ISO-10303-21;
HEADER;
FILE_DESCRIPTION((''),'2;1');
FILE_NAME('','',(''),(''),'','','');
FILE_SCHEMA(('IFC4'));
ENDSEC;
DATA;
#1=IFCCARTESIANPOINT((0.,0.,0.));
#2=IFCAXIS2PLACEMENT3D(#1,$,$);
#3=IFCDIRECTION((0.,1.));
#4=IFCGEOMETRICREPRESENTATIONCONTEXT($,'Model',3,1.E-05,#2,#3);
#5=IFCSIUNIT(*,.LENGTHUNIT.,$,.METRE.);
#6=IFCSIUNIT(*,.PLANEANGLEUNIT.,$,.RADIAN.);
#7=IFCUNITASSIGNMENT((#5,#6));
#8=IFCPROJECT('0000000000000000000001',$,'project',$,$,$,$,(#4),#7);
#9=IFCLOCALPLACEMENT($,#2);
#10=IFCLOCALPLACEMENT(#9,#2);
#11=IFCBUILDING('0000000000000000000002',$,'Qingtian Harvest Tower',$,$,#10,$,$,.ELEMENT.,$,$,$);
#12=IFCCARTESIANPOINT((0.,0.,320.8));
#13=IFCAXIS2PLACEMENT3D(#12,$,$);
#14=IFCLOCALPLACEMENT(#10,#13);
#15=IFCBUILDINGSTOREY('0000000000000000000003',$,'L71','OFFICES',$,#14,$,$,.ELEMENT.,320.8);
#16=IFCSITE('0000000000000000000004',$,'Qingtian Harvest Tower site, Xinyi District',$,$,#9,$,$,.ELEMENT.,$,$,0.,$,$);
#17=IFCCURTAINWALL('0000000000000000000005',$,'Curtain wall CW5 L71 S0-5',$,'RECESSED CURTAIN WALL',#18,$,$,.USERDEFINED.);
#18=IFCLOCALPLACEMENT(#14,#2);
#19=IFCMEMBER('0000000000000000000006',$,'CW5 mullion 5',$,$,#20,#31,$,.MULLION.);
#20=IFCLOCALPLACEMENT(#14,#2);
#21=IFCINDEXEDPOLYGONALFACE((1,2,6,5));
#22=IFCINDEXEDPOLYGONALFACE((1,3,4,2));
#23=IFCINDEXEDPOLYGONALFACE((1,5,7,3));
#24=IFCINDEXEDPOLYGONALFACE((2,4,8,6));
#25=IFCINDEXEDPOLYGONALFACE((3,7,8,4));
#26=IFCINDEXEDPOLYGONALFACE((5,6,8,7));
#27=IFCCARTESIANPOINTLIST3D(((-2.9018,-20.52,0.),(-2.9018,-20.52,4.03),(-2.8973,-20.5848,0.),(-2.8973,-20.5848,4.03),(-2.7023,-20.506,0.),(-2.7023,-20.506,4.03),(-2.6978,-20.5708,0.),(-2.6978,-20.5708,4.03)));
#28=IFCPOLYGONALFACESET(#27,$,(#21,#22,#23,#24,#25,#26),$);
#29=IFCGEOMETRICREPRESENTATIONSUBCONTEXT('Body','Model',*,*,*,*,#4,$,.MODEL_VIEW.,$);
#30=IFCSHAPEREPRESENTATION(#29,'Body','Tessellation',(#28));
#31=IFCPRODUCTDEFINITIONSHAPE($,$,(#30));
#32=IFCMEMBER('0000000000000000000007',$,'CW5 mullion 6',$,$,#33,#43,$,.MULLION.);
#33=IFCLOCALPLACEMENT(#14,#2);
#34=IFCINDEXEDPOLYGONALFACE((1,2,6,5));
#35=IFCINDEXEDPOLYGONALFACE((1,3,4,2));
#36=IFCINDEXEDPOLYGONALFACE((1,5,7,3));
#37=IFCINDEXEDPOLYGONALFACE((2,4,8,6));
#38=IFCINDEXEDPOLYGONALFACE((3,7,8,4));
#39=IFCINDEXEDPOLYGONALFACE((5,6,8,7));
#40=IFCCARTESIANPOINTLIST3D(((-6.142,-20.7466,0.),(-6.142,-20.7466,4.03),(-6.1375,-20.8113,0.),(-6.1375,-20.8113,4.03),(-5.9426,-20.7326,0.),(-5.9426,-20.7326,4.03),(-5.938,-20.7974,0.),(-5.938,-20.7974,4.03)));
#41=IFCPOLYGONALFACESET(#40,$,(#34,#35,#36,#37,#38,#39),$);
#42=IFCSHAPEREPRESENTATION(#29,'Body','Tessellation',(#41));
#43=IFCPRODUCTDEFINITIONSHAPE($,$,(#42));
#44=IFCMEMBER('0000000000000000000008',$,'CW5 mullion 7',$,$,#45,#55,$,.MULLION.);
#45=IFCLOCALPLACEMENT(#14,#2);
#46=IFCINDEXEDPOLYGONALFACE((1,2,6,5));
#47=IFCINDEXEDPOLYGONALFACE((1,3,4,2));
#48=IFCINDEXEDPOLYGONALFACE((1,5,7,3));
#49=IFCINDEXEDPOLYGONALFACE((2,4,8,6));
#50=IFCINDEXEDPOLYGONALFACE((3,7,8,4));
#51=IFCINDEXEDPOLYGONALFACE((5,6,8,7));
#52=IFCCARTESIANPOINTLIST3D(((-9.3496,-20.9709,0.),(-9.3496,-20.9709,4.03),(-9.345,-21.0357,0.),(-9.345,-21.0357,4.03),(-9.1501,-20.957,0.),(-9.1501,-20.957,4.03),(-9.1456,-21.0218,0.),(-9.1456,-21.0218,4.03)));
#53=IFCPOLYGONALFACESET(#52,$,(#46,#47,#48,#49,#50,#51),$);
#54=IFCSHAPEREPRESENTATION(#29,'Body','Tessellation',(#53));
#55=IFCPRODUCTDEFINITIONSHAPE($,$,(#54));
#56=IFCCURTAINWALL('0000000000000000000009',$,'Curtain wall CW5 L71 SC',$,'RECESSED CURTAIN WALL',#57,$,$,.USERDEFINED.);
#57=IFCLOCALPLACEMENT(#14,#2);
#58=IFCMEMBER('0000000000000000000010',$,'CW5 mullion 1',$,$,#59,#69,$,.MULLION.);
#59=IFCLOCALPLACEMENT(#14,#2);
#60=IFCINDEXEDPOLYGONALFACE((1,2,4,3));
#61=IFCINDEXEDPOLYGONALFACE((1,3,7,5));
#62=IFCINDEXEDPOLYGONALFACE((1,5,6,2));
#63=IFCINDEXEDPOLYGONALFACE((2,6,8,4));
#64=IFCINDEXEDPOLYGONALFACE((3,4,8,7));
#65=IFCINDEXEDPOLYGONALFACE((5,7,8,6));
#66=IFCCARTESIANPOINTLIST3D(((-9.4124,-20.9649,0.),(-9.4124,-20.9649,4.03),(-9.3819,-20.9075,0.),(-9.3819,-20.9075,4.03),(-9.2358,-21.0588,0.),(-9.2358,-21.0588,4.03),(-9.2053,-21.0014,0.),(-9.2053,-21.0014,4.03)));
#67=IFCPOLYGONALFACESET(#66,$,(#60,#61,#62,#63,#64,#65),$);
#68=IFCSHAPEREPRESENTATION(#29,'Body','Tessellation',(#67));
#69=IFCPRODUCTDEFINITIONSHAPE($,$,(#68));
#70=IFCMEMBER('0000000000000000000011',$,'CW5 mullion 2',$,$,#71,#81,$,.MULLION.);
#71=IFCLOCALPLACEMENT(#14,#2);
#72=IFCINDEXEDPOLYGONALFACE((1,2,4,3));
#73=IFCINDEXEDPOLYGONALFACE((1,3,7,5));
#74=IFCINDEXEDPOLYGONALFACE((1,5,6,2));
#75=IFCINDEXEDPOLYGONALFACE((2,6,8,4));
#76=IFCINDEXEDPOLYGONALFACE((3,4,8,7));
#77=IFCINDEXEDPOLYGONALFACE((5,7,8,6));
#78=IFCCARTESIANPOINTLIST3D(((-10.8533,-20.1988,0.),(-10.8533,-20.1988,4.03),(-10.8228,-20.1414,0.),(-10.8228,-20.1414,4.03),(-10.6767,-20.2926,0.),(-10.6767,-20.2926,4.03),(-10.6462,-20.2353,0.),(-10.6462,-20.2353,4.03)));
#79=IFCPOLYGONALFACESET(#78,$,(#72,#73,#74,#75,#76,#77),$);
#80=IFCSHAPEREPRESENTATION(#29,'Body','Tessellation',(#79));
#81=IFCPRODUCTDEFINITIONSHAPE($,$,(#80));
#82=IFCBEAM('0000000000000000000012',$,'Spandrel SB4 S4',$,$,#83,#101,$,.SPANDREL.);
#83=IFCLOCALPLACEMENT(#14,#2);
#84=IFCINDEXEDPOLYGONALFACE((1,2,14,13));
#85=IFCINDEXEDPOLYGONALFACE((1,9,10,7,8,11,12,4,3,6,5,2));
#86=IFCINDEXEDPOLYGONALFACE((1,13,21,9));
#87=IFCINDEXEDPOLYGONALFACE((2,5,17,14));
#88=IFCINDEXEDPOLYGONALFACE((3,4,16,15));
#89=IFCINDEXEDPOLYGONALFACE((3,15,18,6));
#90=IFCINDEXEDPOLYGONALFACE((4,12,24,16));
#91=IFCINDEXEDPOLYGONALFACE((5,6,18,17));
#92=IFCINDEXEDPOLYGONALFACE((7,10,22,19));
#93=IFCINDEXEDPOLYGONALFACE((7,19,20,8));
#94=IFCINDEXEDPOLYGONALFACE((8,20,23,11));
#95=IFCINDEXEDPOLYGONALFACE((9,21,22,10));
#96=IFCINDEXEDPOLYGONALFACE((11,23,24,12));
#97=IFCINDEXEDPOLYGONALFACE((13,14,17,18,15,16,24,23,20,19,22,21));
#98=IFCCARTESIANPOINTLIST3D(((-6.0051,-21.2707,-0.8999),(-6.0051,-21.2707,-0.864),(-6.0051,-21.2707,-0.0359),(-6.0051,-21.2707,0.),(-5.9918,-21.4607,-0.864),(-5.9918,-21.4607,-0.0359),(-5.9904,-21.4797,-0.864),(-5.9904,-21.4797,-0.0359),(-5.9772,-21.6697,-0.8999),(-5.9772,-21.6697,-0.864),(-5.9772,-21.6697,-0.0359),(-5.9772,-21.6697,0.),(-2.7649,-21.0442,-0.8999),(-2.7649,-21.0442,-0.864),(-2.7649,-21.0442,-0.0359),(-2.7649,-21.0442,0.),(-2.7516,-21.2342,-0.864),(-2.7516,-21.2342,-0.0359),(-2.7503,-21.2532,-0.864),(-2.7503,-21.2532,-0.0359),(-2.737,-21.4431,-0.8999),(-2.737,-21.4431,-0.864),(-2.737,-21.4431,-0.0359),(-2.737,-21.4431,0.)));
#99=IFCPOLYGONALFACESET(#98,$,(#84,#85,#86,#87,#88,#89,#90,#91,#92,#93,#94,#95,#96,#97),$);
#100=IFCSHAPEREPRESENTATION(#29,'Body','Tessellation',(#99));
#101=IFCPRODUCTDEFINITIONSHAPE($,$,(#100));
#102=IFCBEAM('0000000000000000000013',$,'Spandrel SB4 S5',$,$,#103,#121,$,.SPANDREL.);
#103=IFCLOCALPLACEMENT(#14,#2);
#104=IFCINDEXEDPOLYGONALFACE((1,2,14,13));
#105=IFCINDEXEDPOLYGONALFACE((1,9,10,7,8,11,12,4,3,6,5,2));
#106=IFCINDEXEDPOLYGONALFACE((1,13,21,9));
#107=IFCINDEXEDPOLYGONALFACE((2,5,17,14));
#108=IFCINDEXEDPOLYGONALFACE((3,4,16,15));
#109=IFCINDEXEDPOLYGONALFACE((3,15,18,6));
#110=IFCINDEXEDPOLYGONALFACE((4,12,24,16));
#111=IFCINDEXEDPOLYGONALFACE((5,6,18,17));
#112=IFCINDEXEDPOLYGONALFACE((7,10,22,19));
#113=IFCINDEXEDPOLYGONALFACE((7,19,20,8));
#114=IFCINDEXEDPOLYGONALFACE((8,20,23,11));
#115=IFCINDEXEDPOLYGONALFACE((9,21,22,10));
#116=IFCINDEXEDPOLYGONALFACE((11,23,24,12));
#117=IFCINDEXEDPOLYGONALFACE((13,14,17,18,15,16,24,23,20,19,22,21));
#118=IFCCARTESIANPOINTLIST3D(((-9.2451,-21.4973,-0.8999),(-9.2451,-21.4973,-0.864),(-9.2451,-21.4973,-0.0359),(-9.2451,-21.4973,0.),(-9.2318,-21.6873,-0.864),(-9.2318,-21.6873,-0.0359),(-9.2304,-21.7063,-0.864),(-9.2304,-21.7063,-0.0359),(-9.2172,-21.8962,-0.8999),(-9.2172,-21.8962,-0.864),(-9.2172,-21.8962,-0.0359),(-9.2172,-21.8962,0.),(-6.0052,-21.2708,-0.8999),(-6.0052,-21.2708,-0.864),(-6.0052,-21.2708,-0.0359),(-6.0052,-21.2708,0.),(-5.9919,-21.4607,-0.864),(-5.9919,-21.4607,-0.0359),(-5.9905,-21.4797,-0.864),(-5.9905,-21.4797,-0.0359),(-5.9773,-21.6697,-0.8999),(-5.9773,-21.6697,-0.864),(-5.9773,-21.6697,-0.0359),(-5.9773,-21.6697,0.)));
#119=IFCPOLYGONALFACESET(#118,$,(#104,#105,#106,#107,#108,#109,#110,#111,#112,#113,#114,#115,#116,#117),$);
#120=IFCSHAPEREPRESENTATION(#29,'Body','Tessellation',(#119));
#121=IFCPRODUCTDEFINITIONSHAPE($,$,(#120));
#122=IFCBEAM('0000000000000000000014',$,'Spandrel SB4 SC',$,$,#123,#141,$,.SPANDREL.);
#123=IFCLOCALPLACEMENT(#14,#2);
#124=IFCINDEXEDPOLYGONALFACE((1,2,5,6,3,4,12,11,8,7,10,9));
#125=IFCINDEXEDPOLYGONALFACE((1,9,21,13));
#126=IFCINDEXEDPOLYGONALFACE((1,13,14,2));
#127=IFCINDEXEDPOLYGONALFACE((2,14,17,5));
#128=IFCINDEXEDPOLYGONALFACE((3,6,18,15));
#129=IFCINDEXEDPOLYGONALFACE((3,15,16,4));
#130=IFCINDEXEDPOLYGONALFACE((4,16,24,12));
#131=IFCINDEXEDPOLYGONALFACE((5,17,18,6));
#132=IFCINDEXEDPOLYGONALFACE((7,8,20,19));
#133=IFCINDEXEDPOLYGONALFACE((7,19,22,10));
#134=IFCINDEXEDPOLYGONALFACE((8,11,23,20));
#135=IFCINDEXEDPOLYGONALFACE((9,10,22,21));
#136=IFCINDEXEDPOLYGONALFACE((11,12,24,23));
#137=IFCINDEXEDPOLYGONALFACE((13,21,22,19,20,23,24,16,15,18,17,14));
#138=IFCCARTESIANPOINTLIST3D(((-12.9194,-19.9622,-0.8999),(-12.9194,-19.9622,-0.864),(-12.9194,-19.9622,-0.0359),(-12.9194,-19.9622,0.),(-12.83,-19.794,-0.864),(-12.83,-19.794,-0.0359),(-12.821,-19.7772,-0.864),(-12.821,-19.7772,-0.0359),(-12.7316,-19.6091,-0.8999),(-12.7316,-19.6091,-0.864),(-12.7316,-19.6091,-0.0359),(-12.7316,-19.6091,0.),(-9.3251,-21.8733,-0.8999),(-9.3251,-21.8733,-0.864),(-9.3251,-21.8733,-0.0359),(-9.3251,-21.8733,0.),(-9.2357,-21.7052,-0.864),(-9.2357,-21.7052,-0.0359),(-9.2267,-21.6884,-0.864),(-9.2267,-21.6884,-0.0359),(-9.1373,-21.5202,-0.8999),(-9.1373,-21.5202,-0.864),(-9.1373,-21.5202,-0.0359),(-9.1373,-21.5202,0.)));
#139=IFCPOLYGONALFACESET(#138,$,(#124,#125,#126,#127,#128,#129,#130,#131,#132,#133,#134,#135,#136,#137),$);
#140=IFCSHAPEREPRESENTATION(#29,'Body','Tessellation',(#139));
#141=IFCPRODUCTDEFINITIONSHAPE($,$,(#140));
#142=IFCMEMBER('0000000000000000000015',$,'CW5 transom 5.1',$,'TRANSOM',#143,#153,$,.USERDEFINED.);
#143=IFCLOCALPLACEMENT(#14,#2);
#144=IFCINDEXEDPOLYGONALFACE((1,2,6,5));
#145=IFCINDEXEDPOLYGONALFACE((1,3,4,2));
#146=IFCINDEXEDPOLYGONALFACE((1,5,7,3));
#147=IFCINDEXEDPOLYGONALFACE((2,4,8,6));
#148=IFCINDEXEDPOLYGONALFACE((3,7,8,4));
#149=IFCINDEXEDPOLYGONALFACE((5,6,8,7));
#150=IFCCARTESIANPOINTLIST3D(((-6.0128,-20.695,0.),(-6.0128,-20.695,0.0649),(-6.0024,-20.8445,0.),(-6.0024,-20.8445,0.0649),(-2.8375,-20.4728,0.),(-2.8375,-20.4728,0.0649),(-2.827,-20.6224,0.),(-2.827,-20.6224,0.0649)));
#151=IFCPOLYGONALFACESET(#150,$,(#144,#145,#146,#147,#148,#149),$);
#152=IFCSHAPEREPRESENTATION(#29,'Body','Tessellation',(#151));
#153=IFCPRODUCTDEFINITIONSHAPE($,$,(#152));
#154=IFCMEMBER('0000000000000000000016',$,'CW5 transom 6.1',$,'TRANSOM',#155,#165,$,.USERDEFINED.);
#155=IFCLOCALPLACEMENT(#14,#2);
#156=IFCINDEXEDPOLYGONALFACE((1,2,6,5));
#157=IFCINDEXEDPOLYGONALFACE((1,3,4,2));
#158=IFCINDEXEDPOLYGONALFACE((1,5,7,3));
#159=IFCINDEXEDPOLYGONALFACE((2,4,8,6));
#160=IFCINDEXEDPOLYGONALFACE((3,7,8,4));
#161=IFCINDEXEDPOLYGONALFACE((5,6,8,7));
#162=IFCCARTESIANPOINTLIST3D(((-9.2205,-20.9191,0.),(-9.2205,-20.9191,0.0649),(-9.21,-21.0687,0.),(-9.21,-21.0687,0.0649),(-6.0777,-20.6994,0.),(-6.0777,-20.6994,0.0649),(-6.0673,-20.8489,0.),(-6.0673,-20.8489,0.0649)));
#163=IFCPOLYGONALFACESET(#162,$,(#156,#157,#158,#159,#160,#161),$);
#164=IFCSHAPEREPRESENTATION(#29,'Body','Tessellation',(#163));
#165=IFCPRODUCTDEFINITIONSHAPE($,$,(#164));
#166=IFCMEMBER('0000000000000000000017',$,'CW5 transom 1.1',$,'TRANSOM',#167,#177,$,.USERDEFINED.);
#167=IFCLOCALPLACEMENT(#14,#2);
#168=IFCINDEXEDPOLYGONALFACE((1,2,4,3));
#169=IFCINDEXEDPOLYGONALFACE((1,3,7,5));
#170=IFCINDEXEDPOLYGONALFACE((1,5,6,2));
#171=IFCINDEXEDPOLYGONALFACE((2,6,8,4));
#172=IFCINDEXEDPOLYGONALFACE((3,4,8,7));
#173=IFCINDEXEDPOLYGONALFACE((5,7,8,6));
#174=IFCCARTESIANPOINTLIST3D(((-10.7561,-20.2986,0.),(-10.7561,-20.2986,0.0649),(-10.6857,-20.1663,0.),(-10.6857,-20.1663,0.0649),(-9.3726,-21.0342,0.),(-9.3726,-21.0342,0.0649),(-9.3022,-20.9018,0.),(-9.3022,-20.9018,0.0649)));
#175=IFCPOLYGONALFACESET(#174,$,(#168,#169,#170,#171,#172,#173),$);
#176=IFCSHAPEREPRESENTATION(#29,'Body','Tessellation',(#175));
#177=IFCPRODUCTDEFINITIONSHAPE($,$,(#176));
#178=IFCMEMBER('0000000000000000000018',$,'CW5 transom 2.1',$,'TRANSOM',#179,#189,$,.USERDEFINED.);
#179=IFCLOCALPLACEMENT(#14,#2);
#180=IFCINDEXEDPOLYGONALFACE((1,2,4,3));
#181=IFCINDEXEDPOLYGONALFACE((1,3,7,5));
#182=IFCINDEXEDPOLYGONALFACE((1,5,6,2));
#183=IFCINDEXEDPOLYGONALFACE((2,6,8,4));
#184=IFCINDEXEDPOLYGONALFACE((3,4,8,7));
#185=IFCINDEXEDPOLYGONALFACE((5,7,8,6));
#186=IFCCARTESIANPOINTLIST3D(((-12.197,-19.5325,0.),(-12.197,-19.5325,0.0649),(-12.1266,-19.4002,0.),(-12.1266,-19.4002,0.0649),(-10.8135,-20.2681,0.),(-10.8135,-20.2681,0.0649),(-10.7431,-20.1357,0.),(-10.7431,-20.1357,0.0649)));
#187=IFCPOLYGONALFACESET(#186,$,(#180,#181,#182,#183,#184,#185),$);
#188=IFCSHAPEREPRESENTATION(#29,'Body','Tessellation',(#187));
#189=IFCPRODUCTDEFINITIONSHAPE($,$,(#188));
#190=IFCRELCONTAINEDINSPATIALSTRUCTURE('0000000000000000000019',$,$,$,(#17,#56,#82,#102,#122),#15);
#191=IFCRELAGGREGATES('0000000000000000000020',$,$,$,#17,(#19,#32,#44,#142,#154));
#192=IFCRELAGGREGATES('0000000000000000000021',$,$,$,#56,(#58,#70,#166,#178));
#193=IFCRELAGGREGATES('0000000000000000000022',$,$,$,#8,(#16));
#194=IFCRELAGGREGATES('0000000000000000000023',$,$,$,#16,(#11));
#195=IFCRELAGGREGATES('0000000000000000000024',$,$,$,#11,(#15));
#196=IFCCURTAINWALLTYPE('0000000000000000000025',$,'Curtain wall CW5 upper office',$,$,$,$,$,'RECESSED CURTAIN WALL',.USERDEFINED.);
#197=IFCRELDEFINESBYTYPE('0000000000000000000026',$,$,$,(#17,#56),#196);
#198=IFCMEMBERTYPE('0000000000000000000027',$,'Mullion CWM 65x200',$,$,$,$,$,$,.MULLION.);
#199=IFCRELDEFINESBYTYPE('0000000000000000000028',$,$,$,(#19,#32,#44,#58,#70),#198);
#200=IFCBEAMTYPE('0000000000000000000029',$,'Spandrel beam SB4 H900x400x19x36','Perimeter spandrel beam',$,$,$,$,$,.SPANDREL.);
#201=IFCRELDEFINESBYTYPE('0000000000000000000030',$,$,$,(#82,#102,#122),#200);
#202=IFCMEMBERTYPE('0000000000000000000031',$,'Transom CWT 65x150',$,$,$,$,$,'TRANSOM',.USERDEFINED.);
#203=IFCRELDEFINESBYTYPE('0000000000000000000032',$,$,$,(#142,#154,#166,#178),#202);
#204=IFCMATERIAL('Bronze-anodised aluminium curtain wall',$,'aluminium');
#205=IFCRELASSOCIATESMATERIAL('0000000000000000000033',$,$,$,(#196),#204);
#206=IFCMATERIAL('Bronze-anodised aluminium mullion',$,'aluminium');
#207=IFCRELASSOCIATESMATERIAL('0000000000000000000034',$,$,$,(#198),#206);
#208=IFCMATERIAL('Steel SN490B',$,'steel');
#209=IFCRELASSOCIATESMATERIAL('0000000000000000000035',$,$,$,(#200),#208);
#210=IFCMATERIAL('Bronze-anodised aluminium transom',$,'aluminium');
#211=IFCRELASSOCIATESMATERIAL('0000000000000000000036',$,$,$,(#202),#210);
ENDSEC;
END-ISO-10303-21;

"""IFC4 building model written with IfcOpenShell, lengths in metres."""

from ifc_helpers import new_model, si_unit, direction, frame, origin, origin_2d, place, context, subcontext, project, spatial, rectangle, i_section, extrude, material, material_profile, profile_set, type_object, element, aggregate, save


model = new_model("IFC4")

# Units and contexts
model_context = context("Model", 3, precision=1e-05, world=origin(), true_north=direction((0.0, 1.0)))
body_context = subcontext(model_context, "Body", "Model", "MODEL_VIEW")
ifc_project = project(units=[si_unit("LENGTHUNIT", "METRE"), si_unit("PLANEANGLEUNIT", "RADIAN")], contexts=[model_context])

# Site, building, storey
site_placement = place(None, origin())
site = spatial("IfcSite", under=ifc_project, at=site_placement, Name="Qingtian Harvest Tower site, Xinyi District", CompositionType="ELEMENT", RefElevation=0.0)
building_placement = place(site_placement, origin())
building = spatial("IfcBuilding", under=site, at=building_placement, Name="Qingtian Harvest Tower", CompositionType="ELEMENT")
storey_placement = place(building_placement, frame((0.0, 0.0, 320.8)))
storey = spatial("IfcBuildingStorey", under=building, at=storey_placement, Name="L71", Description="OFFICES", CompositionType="ELEMENT", Elevation=320.8)

# Curtain walls, members
ifc_material_1 = material(Name="Bronze-anodised aluminium curtain wall", Category="aluminium")
curtain_wall_type = type_object("IfcCurtainWallType", Name="Curtain wall CW5 upper office", ElementType="RECESSED CURTAIN WALL", PredefinedType="USERDEFINED", material=ifc_material_1)
curtain_wall_1_placement = place(storey_placement, origin())
curtain_wall_1 = element("IfcCurtainWall", 1, at=curtain_wall_1_placement, inside=storey, type_object=curtain_wall_type, Name="Curtain wall CW5 L71 S0-5", ObjectType="RECESSED CURTAIN WALL", PredefinedType="USERDEFINED")
ifc_material_2 = material(Name="Bronze-anodised aluminium mullion", Category="aluminium")
ifc_material_profile_1 = material_profile(ifc_material_2, rectangle(XDim=0.0649, YDim=0.2, at=origin_2d()), Name="AL 65x200")
ifc_profile_set_1 = profile_set([ifc_material_profile_1], Name="Bronze-anodised aluminium mullion")
member_type_1 = type_object("IfcMemberType", Name="Mullion CWM 65x200", PredefinedType="MULLION", material=ifc_profile_set_1)
member_1_placement = place(storey_placement, frame((-2.7998, -20.5454, 0.0), z_axis=(0.0, 0.0, 1.0), x_axis=(0.069756, -0.997564, 0.0)))
member_1 = element("IfcMember", 2, at=member_1_placement, type_object=member_type_1, Name="CW5 mullion 5", PredefinedType="MULLION", context=body_context, shape_type="SweptSolid", body=[
    extrude(rectangle(XDim=0.0649, YDim=0.2, at=origin_2d()), origin(), (0.0, 0.0, 1.0), 4.03),
])
member_2_placement = place(storey_placement, frame((-6.04, -20.772, 0.0), z_axis=(0.0, 0.0, 1.0), x_axis=(0.069756, -0.997564, 0.0)))
member_2 = element("IfcMember", 3, at=member_2_placement, type_object=member_type_1, Name="CW5 mullion 6", PredefinedType="MULLION", context=body_context, shape_type="SweptSolid", body=[
    extrude(rectangle(XDim=0.0649, YDim=0.2, at=origin_2d()), origin(), (0.0, 0.0, 1.0), 4.03),
])
member_3_placement = place(storey_placement, frame((-9.2476, -20.9963, 0.0), z_axis=(0.0, 0.0, 1.0), x_axis=(0.069756, -0.997564, 0.0)))
member_3 = element("IfcMember", 4, at=member_3_placement, type_object=member_type_1, Name="CW5 mullion 7", PredefinedType="MULLION", context=body_context, shape_type="SweptSolid", body=[
    extrude(rectangle(XDim=0.0649, YDim=0.2, at=origin_2d()), origin(), (0.0, 0.0, 1.0), 4.03),
])
curtain_wall_2_placement = place(storey_placement, origin())
curtain_wall_2 = element("IfcCurtainWall", 5, at=curtain_wall_2_placement, inside=storey, type_object=curtain_wall_type, Name="Curtain wall CW5 L71 SC", ObjectType="RECESSED CURTAIN WALL", PredefinedType="USERDEFINED")
member_4_placement = place(storey_placement, frame((-9.3088, -20.9832, 0.0), z_axis=(0.0, 0.0, 1.0), x_axis=(-0.469472, -0.882948, 0.0)))
member_4 = element("IfcMember", 6, at=member_4_placement, type_object=member_type_1, Name="CW5 mullion 1", PredefinedType="MULLION", context=body_context, shape_type="SweptSolid", body=[
    extrude(rectangle(XDim=0.0649, YDim=0.2, at=origin_2d()), origin(), (0.0, 0.0, 1.0), 4.03),
])
member_5_placement = place(storey_placement, frame((-10.7498, -20.217, 0.0), z_axis=(0.0, 0.0, 1.0), x_axis=(-0.469472, -0.882948, 0.0)))
member_5 = element("IfcMember", 7, at=member_5_placement, type_object=member_type_1, Name="CW5 mullion 2", PredefinedType="MULLION", context=body_context, shape_type="SweptSolid", body=[
    extrude(rectangle(XDim=0.0649, YDim=0.2, at=origin_2d()), origin(), (0.0, 0.0, 1.0), 4.03),
])

# Beams
ifc_material_3 = material(Name="Steel SN490B", Category="steel")
ifc_material_profile_2 = material_profile(ifc_material_3, i_section(OverallWidth=0.3999, OverallDepth=0.8999, WebThickness=0.019, FlangeThickness=0.0359, at=origin_2d()), Name="H900x400x19x36")
ifc_profile_set_2 = profile_set([ifc_material_profile_2], Name="Steel SN490B")
beam_type_1 = type_object("IfcBeamType", Name="Spandrel beam SB4 H900x400x19x36", Description="Perimeter spandrel beam", PredefinedType="SPANDREL", material=ifc_profile_set_2)
beam_1_placement = place(storey_placement, frame((-2.751, -21.2437, -0.45), z_axis=(-0.997564, -0.069751, 0.0), x_axis=(0.069751, -0.997564, 0.0)))
element("IfcBeam", 8, at=beam_1_placement, inside=storey, type_object=beam_type_1, Name="Spandrel SB4 S4", PredefinedType="SPANDREL", context=body_context, shape_type="SweptSolid", body=[
    extrude(i_section(OverallWidth=0.3999, OverallDepth=0.8999, WebThickness=0.019, FlangeThickness=0.0359, at=origin_2d()), origin(), (0.0, 0.0, 1.0), 3.248),
])
beam_2_placement = place(storey_placement, frame((-5.9912, -21.4702, -0.45), z_axis=(-0.997564, -0.069757, 0.0), x_axis=(0.069757, -0.997564, 0.0)))
element("IfcBeam", 9, at=beam_2_placement, inside=storey, type_object=beam_type_1, Name="Spandrel SB4 S5", PredefinedType="SPANDREL", context=body_context, shape_type="SweptSolid", body=[
    extrude(i_section(OverallWidth=0.3999, OverallDepth=0.8999, WebThickness=0.019, FlangeThickness=0.0359, at=origin_2d()), origin(), (0.0, 0.0, 1.0), 3.2478),
])
beam_3_placement = place(storey_placement, frame((-9.2312, -21.6968, -0.45), z_axis=(-0.882943, 0.46948, 0.0), x_axis=(-0.46948, -0.882943, 0.0)))
element("IfcBeam", 10, at=beam_3_placement, inside=storey, type_object=beam_type_1, Name="Spandrel SB4 SC", PredefinedType="SPANDREL", context=body_context, shape_type="SweptSolid", body=[
    extrude(i_section(OverallWidth=0.3999, OverallDepth=0.8999, WebThickness=0.019, FlangeThickness=0.0359, at=origin_2d()), origin(), (0.0, 0.0, 1.0), 4.0708),
])

# Members
ifc_material_4 = material(Name="Bronze-anodised aluminium transom", Category="aluminium")
ifc_material_profile_3 = material_profile(ifc_material_4, rectangle(XDim=0.1499, YDim=0.0649, at=origin_2d()), Name="AL 65x150")
ifc_profile_set_3 = profile_set([ifc_material_profile_3], Name="Bronze-anodised aluminium transom")
member_type_2 = type_object("IfcMemberType", Name="Transom CWT 65x150", ElementType="TRANSOM", PredefinedType="USERDEFINED", material=ifc_profile_set_3)
member_6_placement = place(storey_placement, frame((-2.8323, -20.5476, 0.0325), z_axis=(-0.997561, -0.069797, 0.0), x_axis=(0.069797, -0.997561, 0.0)))
member_6 = element("IfcMember", 11, at=member_6_placement, type_object=member_type_2, Name="CW5 transom 5.1", ObjectType="TRANSOM", PredefinedType="USERDEFINED", context=body_context, shape_type="SweptSolid", body=[
    extrude(rectangle(XDim=0.1499, YDim=0.0649, at=origin_2d()), origin(), (0.0, 0.0, 1.0), 3.1831),
])
member_7_placement = place(storey_placement, frame((-6.0725, -20.7742, 0.0325), z_axis=(-0.997565, -0.069744, 0.0), x_axis=(0.069744, -0.997565, 0.0)))
member_7 = element("IfcMember", 12, at=member_7_placement, type_object=member_type_2, Name="CW5 transom 6.1", ObjectType="TRANSOM", PredefinedType="USERDEFINED", context=body_context, shape_type="SweptSolid", body=[
    extrude(rectangle(XDim=0.1499, YDim=0.0649, at=origin_2d()), origin(), (0.0, 0.0, 1.0), 3.1504),
])
member_8_placement = place(storey_placement, frame((-9.3374, -20.968, 0.0325), z_axis=(-0.88296, 0.469448, 0.0), x_axis=(-0.469448, -0.88296, 0.0)))
member_8 = element("IfcMember", 13, at=member_8_placement, type_object=member_type_2, Name="CW5 transom 1.1", ObjectType="TRANSOM", PredefinedType="USERDEFINED", context=body_context, shape_type="SweptSolid", body=[
    extrude(rectangle(XDim=0.1499, YDim=0.0649, at=origin_2d()), origin(), (0.0, 0.0, 1.0), 1.5669),
])
member_9_placement = place(storey_placement, frame((-10.7783, -20.2019, 0.0325), z_axis=(-0.88296, 0.469448, 0.0), x_axis=(-0.469448, -0.88296, 0.0)))
member_9 = element("IfcMember", 14, at=member_9_placement, type_object=member_type_2, Name="CW5 transom 2.1", ObjectType="TRANSOM", PredefinedType="USERDEFINED", context=body_context, shape_type="SweptSolid", body=[
    extrude(rectangle(XDim=0.1499, YDim=0.0649, at=origin_2d()), origin(), (0.0, 0.0, 1.0), 1.5669),
])

aggregate(curtain_wall_1, [member_1, member_2, member_3, member_6, member_7])
aggregate(curtain_wall_2, [member_4, member_5, member_8, member_9])

save(model, "model.ifc")
